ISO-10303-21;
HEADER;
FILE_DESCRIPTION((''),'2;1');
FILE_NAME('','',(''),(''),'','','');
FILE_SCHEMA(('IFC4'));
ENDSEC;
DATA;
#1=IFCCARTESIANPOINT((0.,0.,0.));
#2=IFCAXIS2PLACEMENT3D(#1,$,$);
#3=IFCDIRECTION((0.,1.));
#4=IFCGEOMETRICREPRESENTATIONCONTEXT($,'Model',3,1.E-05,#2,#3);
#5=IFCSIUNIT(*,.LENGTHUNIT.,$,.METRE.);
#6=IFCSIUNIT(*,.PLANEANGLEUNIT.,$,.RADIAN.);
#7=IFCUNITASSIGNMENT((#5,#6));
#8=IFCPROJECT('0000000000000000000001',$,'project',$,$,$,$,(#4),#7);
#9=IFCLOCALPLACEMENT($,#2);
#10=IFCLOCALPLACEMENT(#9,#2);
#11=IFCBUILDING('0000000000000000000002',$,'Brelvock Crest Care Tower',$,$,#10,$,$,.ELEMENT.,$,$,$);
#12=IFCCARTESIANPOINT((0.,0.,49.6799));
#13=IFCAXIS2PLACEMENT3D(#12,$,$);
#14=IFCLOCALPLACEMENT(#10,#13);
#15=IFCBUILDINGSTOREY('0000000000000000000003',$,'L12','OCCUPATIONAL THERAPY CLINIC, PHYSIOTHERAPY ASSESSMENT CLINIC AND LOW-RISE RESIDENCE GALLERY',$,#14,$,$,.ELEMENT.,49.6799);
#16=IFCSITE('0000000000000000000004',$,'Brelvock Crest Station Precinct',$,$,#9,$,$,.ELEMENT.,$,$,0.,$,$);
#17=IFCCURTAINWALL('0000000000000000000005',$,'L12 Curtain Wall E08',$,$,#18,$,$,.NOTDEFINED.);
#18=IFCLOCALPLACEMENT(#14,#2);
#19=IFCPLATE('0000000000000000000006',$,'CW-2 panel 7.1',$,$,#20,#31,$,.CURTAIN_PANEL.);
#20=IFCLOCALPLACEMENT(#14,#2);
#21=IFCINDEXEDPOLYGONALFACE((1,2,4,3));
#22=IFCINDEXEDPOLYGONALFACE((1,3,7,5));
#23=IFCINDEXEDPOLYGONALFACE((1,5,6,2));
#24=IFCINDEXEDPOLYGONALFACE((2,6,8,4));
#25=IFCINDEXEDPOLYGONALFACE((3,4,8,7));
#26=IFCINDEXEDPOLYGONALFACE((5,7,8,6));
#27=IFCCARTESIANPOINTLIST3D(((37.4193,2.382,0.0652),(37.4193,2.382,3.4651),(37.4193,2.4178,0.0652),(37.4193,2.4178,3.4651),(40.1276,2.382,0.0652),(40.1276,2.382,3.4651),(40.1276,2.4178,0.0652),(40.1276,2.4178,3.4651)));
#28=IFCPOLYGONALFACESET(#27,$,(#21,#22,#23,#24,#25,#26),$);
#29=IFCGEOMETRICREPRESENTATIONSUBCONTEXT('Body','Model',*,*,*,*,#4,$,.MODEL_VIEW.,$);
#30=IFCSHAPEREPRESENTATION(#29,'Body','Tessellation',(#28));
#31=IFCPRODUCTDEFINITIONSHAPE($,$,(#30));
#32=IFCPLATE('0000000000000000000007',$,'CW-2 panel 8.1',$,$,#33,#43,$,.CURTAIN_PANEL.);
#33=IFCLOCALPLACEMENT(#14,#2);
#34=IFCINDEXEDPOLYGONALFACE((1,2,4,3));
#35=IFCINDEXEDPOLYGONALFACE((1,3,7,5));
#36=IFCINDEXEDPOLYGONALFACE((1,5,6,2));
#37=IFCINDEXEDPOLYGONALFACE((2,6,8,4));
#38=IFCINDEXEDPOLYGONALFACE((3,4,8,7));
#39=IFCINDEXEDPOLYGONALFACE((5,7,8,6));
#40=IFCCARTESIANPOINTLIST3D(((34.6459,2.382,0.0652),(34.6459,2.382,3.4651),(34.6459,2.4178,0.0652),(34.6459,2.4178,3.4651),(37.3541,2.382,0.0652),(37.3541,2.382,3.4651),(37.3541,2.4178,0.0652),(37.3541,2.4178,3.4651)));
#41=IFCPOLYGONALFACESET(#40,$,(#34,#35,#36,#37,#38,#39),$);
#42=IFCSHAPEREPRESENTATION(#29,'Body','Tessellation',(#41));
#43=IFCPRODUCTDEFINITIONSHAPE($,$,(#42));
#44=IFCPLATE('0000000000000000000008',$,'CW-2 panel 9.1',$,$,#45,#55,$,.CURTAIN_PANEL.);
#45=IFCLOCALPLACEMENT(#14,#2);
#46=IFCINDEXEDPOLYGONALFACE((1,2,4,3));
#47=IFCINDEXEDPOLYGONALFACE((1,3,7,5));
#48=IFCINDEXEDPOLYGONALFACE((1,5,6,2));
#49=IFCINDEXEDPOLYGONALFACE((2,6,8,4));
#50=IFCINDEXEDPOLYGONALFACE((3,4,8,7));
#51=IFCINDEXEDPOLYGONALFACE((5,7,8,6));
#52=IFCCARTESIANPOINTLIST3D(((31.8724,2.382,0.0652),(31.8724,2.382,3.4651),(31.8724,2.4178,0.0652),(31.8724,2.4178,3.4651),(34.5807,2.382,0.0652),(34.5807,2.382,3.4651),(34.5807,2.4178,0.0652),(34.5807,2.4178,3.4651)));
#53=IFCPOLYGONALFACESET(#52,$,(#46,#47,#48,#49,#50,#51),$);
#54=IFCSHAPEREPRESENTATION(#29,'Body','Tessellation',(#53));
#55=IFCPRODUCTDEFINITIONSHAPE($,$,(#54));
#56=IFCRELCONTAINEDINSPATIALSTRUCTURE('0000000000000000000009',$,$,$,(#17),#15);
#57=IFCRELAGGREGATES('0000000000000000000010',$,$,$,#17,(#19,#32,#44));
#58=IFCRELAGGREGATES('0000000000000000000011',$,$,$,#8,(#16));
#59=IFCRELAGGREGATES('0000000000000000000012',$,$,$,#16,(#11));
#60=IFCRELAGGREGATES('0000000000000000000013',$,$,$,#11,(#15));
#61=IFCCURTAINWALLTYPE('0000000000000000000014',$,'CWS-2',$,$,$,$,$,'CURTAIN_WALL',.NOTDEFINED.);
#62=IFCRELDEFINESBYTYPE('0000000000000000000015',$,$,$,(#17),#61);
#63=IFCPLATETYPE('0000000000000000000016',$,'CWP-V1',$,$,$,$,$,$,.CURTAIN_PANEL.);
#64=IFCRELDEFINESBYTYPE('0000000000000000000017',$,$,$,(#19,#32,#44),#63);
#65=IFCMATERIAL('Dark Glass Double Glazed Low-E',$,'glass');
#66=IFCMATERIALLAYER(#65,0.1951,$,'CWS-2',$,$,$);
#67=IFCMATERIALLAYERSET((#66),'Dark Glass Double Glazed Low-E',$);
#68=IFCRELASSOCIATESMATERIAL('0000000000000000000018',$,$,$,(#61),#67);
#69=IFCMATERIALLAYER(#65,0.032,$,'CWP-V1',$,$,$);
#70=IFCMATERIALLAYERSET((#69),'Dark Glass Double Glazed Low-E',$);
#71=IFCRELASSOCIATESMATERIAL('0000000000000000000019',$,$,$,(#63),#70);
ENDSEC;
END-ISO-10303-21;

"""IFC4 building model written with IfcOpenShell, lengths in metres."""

from ifc_helpers import new_model, si_unit, direction, frame, origin, origin_2d, place, context, subcontext, project, spatial, rectangle, extrude, source, transform, mapped, material, layer, layer_set, type_object, element, aggregate, save


model = new_model("IFC4")

# Units and contexts
model_context = context("Model", 3, precision=1e-05, world=origin(), true_north=direction((0.0, 1.0)))
body_context = subcontext(model_context, "Body", "Model", "MODEL_VIEW")
ifc_project = project(units=[si_unit("LENGTHUNIT", "METRE"), si_unit("PLANEANGLEUNIT", "RADIAN")], contexts=[model_context])

# Site, building, storey
site_placement = place(None, origin())
site = spatial("IfcSite", under=ifc_project, at=site_placement, Name="Brelvock Crest Station Precinct", CompositionType="ELEMENT", RefElevation=0.0)
building_placement = place(site_placement, origin())
building = spatial("IfcBuilding", under=site, at=building_placement, Name="Brelvock Crest Care Tower", CompositionType="ELEMENT")
storey_placement = place(building_placement, frame((0.0, 0.0, 49.6799)))
storey = spatial("IfcBuildingStorey", under=building, at=storey_placement, Name="L12", Description="OCCUPATIONAL THERAPY CLINIC, PHYSIOTHERAPY ASSESSMENT CLINIC AND LOW-RISE RESIDENCE GALLERY", CompositionType="ELEMENT", Elevation=49.6799)

# Curtain wall, plates
ifc_material_1 = material(Name="Dark Glass Double Glazed Low-E", Category="glass")
ifc_layer_1 = layer(ifc_material_1, 0.1951, Name="CWS-2")
ifc_layer_set_1 = layer_set([ifc_layer_1], Name="Dark Glass Double Glazed Low-E")
curtain_wall_type = type_object("IfcCurtainWallType", Name="CWS-2", ElementType="CURTAIN_WALL", PredefinedType="NOTDEFINED", material=ifc_layer_set_1)
curtain_wall_placement = place(storey_placement, origin())
curtain_wall = element("IfcCurtainWall", 1, at=curtain_wall_placement, inside=storey, type_object=curtain_wall_type, Name="L12 Curtain Wall E08", PredefinedType="NOTDEFINED")
ifc_layer_2 = layer(ifc_material_1, 0.032, Name="CWP-V1")
ifc_layer_set_2 = layer_set([ifc_layer_2], Name="Dark Glass Double Glazed Low-E")
plate_type = type_object("IfcPlateType", Name="CWP-V1", PredefinedType="CURTAIN_PANEL", material=ifc_layer_set_2)
shared_shape_1 = source(origin(), body_context, "Body", "SweptSolid", [
    extrude(rectangle(XDim=2.7083, YDim=0.0359, at=origin_2d()), origin(), (0.0, 0.0, 1.0), 3.3999),
])
plate_1_placement = place(storey_placement, frame((38.7734, 2.3999, 0.0652), z_axis=(0.0, 0.0, 1.0), x_axis=(-1.0, 0.0, 0.0)))
plate_1 = element("IfcPlate", 2, at=plate_1_placement, type_object=plate_type, Name="CW-2 panel 7.1", PredefinedType="CURTAIN_PANEL", context=body_context, shape_type="MappedRepresentation", body=[
    mapped(shared_shape_1, transform((0.0, 0.0, 0.0), x_axis=(1.0, 0.0, 0.0), y_axis=(0.0, 1.0, 0.0), z_axis=(0.0, 0.0, 1.0), scale=1.0)),
])
plate_2_placement = place(storey_placement, frame((36.0, 2.3999, 0.0652), z_axis=(0.0, 0.0, 1.0), x_axis=(-1.0, 0.0, 0.0)))
plate_2 = element("IfcPlate", 3, at=plate_2_placement, type_object=plate_type, Name="CW-2 panel 8.1", PredefinedType="CURTAIN_PANEL", context=body_context, shape_type="MappedRepresentation", body=[
    mapped(shared_shape_1, transform((0.0, 0.0, 0.0), x_axis=(1.0, 0.0, 0.0), y_axis=(0.0, 1.0, 0.0), z_axis=(0.0, 0.0, 1.0), scale=1.0)),
])
plate_3_placement = place(storey_placement, frame((33.2266, 2.3999, 0.0652), z_axis=(0.0, 0.0, 1.0), x_axis=(-1.0, 0.0, 0.0)))
plate_3 = element("IfcPlate", 4, at=plate_3_placement, type_object=plate_type, Name="CW-2 panel 9.1", PredefinedType="CURTAIN_PANEL", context=body_context, shape_type="MappedRepresentation", body=[
    mapped(shared_shape_1, transform((0.0, 0.0, 0.0), x_axis=(1.0, 0.0, 0.0), y_axis=(0.0, 1.0, 0.0), z_axis=(0.0, 0.0, 1.0), scale=1.0)),
])
aggregate(curtain_wall, [plate_1, plate_2, plate_3])

save(model, "model.ifc")
